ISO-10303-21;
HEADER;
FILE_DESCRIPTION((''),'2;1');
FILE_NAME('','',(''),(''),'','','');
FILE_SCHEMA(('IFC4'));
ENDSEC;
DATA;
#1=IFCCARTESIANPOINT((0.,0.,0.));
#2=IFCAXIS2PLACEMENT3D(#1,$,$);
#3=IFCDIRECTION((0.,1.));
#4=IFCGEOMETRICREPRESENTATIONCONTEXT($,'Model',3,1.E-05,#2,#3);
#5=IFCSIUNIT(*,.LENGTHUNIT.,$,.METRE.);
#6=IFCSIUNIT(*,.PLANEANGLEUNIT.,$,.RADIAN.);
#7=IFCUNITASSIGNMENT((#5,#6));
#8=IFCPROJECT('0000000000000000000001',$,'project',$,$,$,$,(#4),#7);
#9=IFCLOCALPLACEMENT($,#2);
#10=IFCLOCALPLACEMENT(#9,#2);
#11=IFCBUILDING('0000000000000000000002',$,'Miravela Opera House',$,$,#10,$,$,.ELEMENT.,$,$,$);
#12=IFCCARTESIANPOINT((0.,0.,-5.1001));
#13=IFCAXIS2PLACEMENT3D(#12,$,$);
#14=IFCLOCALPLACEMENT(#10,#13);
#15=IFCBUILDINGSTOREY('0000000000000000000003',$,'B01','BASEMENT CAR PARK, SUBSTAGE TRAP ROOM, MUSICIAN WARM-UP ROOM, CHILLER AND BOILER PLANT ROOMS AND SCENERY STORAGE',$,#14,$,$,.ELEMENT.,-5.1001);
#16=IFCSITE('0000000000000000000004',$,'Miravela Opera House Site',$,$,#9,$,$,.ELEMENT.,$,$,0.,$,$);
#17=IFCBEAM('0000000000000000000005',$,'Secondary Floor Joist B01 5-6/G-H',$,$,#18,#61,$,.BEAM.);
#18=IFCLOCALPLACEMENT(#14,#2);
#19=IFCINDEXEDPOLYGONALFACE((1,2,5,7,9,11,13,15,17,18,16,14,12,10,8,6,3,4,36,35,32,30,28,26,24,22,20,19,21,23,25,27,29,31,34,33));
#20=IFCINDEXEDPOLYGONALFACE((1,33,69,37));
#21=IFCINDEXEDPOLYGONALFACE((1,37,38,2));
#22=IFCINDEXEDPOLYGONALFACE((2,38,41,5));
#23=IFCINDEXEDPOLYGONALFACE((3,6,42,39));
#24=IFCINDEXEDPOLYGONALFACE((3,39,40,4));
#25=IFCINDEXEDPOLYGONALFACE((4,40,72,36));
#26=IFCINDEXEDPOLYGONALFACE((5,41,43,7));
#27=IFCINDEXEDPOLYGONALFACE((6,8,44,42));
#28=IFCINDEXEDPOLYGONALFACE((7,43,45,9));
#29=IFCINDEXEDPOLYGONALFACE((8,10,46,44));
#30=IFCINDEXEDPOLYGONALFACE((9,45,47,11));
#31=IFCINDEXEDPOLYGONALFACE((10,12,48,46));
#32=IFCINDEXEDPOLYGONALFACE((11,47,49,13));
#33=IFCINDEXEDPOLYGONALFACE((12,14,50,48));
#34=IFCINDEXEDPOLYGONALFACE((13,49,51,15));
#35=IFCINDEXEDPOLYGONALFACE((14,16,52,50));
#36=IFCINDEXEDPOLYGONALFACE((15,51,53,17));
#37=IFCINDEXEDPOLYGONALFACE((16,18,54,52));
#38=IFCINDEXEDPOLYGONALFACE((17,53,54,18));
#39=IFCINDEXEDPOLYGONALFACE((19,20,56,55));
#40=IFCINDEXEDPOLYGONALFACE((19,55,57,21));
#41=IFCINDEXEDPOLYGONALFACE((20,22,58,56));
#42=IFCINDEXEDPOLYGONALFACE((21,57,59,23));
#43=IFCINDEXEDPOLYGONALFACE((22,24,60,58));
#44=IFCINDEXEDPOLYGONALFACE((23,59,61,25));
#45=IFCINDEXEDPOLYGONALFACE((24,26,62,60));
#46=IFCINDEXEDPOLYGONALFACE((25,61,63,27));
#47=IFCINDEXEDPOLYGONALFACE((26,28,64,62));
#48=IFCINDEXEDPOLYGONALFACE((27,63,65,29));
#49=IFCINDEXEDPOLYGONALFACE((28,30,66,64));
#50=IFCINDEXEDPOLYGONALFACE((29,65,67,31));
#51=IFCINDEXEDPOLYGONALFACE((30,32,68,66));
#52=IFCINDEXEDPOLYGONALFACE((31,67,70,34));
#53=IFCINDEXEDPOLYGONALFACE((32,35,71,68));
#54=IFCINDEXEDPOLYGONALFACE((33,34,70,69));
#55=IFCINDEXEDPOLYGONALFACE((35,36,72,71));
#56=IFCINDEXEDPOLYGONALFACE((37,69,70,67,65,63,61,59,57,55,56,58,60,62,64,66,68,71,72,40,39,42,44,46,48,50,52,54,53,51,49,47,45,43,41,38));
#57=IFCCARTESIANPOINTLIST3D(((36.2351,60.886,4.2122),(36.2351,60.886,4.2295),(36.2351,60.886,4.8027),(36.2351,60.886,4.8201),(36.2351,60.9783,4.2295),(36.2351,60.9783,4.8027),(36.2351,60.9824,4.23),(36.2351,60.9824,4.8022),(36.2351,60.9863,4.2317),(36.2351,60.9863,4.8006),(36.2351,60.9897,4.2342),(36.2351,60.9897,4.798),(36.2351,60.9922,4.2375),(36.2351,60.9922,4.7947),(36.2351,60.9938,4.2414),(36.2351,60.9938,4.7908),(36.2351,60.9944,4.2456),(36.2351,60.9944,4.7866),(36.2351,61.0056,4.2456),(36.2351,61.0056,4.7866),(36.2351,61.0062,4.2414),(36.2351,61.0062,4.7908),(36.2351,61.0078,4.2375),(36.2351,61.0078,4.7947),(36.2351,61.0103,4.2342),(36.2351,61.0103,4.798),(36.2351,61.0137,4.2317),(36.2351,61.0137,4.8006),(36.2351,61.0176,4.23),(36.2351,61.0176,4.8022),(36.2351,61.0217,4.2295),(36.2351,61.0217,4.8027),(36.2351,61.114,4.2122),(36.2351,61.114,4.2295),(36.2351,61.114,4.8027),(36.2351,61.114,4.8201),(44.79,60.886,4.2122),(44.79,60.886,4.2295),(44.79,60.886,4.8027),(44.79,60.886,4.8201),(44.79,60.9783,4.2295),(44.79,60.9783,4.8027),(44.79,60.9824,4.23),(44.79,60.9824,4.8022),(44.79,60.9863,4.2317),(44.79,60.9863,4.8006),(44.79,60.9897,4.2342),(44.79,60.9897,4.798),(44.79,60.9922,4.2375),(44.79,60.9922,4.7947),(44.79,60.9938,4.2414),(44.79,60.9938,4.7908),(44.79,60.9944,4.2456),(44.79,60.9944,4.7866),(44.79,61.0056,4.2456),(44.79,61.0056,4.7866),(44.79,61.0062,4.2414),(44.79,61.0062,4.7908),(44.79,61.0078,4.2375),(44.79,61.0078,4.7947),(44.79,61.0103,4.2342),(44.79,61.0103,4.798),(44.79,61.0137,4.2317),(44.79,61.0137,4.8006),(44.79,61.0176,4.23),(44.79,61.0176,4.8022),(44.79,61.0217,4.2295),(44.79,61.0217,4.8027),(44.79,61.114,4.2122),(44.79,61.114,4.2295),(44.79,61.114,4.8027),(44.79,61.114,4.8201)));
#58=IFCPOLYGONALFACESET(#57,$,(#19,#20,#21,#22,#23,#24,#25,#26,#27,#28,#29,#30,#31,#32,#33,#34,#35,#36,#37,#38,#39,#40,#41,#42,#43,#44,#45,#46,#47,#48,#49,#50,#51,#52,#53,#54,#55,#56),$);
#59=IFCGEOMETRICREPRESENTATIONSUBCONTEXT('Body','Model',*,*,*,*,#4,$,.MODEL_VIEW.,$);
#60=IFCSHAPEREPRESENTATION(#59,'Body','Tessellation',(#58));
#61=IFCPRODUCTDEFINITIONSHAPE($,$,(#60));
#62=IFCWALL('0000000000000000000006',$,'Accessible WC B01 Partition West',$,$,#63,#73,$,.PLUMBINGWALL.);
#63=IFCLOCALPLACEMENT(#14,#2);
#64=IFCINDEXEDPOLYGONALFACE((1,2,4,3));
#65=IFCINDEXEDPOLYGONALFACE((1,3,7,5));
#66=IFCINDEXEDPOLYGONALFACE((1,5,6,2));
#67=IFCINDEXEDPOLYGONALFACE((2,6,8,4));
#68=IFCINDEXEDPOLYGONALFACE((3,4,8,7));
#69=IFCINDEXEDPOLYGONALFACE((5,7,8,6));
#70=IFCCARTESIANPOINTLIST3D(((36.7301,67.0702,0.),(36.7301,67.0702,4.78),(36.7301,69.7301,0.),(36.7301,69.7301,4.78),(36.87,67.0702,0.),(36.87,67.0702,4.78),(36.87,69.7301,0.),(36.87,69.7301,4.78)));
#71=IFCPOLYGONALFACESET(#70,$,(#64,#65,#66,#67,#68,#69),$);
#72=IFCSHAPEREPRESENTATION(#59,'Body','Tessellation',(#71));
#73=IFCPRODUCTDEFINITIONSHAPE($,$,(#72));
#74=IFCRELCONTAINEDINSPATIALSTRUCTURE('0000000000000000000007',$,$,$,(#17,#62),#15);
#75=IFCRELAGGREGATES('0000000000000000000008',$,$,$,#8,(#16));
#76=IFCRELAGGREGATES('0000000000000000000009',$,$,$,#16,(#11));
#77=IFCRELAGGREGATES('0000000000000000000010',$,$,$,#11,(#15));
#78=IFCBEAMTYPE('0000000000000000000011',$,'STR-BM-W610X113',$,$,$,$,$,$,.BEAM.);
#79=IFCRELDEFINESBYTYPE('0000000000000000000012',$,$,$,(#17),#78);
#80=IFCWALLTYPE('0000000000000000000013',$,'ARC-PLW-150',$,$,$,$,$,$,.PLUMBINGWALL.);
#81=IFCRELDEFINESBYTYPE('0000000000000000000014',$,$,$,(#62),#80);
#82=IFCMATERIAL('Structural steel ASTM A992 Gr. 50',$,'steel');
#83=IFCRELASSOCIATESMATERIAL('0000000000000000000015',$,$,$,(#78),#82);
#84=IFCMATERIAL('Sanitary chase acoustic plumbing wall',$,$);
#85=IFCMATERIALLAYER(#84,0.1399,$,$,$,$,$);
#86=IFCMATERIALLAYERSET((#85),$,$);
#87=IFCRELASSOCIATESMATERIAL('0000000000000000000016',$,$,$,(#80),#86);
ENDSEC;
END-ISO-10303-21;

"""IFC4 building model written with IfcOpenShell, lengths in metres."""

from ifc_helpers import new_model, si_unit, direction, frame, frame_2d, origin, origin_2d, place, context, subcontext, project, spatial, rectangle, i_section, extrude, material, layer, layer_set, material_profile, profile_set, type_object, element, save


model = new_model("IFC4")

# Units and contexts
model_context = context("Model", 3, precision=1e-05, world=origin(), true_north=direction((0.0, 1.0)))
body_context = subcontext(model_context, "Body", "Model", "MODEL_VIEW")
ifc_project = project(units=[si_unit("LENGTHUNIT", "METRE"), si_unit("PLANEANGLEUNIT", "RADIAN")], contexts=[model_context])

# Site, building, storey
site_placement = place(None, origin())
site = spatial("IfcSite", under=ifc_project, at=site_placement, Name="Miravela Opera House Site", CompositionType="ELEMENT", RefElevation=0.0)
building_placement = place(site_placement, origin())
building = spatial("IfcBuilding", under=site, at=building_placement, Name="Miravela Opera House", CompositionType="ELEMENT")
storey_placement = place(building_placement, frame((0.0, 0.0, -5.1001)))
storey = spatial("IfcBuildingStorey", under=building, at=storey_placement, Name="B01", Description="BASEMENT CAR PARK, SUBSTAGE TRAP ROOM, MUSICIAN WARM-UP ROOM, CHILLER AND BOILER PLANT ROOMS AND SCENERY STORAGE", CompositionType="ELEMENT", Elevation=-5.1001)

# Beam
ifc_material_1 = material(Name="Structural steel ASTM A992 Gr. 50", Category="steel")
ifc_material_profile_1 = material_profile(ifc_material_1, i_section(OverallWidth=0.228, OverallDepth=0.6079, WebThickness=0.0112, FlangeThickness=0.0173, FilletRadius=0.0161, at=origin_2d()), Name="W610X113")
ifc_profile_set_1 = profile_set([ifc_material_profile_1])
beam_type_1 = type_object("IfcBeamType", Name="STR-BM-W610X113", PredefinedType="BEAM", material=ifc_profile_set_1)
beam_1_placement = place(storey_placement, frame((36.2351, 61.0, 4.5161), z_axis=(1.0, 0.0, 0.0), x_axis=(0.0, 1.0, 0.0)))
element("IfcBeam", 1, at=beam_1_placement, inside=storey, type_object=beam_type_1, Name="Secondary Floor Joist B01 5-6/G-H", PredefinedType="BEAM", context=body_context, shape_type="SweptSolid", body=[
    extrude(i_section(OverallWidth=0.228, OverallDepth=0.6079, WebThickness=0.0112, FlangeThickness=0.0173, FilletRadius=0.0161, at=origin_2d()), origin(), (0.0, 0.0, 1.0), 8.5549),
])

# Shared definitions
ifc_material_2 = material(Name="Sanitary chase acoustic plumbing wall")
ifc_layer = layer(ifc_material_2, 0.1399)
ifc_layer_set = layer_set([ifc_layer])
wall_type = type_object("IfcWallType", Name="ARC-PLW-150", PredefinedType="PLUMBINGWALL", material=ifc_layer_set)

# Wall
wall_1_placement = place(storey_placement, frame((36.8, 67.0701, 0.0), z_axis=(0.0, 0.0, 1.0), x_axis=(0.0, 1.0, 0.0)))
element("IfcWall", 2, at=wall_1_placement, inside=storey, type_object=wall_type, Name="Accessible WC B01 Partition West", PredefinedType="PLUMBINGWALL", context=body_context, shape_type="SweptSolid", body=[
    extrude(rectangle(XDim=2.6599, YDim=0.1399, at=frame_2d((1.3301, 0.0))), origin(), (0.0, 0.0, 1.0), 4.78),
])

save(model, "model.ifc")
